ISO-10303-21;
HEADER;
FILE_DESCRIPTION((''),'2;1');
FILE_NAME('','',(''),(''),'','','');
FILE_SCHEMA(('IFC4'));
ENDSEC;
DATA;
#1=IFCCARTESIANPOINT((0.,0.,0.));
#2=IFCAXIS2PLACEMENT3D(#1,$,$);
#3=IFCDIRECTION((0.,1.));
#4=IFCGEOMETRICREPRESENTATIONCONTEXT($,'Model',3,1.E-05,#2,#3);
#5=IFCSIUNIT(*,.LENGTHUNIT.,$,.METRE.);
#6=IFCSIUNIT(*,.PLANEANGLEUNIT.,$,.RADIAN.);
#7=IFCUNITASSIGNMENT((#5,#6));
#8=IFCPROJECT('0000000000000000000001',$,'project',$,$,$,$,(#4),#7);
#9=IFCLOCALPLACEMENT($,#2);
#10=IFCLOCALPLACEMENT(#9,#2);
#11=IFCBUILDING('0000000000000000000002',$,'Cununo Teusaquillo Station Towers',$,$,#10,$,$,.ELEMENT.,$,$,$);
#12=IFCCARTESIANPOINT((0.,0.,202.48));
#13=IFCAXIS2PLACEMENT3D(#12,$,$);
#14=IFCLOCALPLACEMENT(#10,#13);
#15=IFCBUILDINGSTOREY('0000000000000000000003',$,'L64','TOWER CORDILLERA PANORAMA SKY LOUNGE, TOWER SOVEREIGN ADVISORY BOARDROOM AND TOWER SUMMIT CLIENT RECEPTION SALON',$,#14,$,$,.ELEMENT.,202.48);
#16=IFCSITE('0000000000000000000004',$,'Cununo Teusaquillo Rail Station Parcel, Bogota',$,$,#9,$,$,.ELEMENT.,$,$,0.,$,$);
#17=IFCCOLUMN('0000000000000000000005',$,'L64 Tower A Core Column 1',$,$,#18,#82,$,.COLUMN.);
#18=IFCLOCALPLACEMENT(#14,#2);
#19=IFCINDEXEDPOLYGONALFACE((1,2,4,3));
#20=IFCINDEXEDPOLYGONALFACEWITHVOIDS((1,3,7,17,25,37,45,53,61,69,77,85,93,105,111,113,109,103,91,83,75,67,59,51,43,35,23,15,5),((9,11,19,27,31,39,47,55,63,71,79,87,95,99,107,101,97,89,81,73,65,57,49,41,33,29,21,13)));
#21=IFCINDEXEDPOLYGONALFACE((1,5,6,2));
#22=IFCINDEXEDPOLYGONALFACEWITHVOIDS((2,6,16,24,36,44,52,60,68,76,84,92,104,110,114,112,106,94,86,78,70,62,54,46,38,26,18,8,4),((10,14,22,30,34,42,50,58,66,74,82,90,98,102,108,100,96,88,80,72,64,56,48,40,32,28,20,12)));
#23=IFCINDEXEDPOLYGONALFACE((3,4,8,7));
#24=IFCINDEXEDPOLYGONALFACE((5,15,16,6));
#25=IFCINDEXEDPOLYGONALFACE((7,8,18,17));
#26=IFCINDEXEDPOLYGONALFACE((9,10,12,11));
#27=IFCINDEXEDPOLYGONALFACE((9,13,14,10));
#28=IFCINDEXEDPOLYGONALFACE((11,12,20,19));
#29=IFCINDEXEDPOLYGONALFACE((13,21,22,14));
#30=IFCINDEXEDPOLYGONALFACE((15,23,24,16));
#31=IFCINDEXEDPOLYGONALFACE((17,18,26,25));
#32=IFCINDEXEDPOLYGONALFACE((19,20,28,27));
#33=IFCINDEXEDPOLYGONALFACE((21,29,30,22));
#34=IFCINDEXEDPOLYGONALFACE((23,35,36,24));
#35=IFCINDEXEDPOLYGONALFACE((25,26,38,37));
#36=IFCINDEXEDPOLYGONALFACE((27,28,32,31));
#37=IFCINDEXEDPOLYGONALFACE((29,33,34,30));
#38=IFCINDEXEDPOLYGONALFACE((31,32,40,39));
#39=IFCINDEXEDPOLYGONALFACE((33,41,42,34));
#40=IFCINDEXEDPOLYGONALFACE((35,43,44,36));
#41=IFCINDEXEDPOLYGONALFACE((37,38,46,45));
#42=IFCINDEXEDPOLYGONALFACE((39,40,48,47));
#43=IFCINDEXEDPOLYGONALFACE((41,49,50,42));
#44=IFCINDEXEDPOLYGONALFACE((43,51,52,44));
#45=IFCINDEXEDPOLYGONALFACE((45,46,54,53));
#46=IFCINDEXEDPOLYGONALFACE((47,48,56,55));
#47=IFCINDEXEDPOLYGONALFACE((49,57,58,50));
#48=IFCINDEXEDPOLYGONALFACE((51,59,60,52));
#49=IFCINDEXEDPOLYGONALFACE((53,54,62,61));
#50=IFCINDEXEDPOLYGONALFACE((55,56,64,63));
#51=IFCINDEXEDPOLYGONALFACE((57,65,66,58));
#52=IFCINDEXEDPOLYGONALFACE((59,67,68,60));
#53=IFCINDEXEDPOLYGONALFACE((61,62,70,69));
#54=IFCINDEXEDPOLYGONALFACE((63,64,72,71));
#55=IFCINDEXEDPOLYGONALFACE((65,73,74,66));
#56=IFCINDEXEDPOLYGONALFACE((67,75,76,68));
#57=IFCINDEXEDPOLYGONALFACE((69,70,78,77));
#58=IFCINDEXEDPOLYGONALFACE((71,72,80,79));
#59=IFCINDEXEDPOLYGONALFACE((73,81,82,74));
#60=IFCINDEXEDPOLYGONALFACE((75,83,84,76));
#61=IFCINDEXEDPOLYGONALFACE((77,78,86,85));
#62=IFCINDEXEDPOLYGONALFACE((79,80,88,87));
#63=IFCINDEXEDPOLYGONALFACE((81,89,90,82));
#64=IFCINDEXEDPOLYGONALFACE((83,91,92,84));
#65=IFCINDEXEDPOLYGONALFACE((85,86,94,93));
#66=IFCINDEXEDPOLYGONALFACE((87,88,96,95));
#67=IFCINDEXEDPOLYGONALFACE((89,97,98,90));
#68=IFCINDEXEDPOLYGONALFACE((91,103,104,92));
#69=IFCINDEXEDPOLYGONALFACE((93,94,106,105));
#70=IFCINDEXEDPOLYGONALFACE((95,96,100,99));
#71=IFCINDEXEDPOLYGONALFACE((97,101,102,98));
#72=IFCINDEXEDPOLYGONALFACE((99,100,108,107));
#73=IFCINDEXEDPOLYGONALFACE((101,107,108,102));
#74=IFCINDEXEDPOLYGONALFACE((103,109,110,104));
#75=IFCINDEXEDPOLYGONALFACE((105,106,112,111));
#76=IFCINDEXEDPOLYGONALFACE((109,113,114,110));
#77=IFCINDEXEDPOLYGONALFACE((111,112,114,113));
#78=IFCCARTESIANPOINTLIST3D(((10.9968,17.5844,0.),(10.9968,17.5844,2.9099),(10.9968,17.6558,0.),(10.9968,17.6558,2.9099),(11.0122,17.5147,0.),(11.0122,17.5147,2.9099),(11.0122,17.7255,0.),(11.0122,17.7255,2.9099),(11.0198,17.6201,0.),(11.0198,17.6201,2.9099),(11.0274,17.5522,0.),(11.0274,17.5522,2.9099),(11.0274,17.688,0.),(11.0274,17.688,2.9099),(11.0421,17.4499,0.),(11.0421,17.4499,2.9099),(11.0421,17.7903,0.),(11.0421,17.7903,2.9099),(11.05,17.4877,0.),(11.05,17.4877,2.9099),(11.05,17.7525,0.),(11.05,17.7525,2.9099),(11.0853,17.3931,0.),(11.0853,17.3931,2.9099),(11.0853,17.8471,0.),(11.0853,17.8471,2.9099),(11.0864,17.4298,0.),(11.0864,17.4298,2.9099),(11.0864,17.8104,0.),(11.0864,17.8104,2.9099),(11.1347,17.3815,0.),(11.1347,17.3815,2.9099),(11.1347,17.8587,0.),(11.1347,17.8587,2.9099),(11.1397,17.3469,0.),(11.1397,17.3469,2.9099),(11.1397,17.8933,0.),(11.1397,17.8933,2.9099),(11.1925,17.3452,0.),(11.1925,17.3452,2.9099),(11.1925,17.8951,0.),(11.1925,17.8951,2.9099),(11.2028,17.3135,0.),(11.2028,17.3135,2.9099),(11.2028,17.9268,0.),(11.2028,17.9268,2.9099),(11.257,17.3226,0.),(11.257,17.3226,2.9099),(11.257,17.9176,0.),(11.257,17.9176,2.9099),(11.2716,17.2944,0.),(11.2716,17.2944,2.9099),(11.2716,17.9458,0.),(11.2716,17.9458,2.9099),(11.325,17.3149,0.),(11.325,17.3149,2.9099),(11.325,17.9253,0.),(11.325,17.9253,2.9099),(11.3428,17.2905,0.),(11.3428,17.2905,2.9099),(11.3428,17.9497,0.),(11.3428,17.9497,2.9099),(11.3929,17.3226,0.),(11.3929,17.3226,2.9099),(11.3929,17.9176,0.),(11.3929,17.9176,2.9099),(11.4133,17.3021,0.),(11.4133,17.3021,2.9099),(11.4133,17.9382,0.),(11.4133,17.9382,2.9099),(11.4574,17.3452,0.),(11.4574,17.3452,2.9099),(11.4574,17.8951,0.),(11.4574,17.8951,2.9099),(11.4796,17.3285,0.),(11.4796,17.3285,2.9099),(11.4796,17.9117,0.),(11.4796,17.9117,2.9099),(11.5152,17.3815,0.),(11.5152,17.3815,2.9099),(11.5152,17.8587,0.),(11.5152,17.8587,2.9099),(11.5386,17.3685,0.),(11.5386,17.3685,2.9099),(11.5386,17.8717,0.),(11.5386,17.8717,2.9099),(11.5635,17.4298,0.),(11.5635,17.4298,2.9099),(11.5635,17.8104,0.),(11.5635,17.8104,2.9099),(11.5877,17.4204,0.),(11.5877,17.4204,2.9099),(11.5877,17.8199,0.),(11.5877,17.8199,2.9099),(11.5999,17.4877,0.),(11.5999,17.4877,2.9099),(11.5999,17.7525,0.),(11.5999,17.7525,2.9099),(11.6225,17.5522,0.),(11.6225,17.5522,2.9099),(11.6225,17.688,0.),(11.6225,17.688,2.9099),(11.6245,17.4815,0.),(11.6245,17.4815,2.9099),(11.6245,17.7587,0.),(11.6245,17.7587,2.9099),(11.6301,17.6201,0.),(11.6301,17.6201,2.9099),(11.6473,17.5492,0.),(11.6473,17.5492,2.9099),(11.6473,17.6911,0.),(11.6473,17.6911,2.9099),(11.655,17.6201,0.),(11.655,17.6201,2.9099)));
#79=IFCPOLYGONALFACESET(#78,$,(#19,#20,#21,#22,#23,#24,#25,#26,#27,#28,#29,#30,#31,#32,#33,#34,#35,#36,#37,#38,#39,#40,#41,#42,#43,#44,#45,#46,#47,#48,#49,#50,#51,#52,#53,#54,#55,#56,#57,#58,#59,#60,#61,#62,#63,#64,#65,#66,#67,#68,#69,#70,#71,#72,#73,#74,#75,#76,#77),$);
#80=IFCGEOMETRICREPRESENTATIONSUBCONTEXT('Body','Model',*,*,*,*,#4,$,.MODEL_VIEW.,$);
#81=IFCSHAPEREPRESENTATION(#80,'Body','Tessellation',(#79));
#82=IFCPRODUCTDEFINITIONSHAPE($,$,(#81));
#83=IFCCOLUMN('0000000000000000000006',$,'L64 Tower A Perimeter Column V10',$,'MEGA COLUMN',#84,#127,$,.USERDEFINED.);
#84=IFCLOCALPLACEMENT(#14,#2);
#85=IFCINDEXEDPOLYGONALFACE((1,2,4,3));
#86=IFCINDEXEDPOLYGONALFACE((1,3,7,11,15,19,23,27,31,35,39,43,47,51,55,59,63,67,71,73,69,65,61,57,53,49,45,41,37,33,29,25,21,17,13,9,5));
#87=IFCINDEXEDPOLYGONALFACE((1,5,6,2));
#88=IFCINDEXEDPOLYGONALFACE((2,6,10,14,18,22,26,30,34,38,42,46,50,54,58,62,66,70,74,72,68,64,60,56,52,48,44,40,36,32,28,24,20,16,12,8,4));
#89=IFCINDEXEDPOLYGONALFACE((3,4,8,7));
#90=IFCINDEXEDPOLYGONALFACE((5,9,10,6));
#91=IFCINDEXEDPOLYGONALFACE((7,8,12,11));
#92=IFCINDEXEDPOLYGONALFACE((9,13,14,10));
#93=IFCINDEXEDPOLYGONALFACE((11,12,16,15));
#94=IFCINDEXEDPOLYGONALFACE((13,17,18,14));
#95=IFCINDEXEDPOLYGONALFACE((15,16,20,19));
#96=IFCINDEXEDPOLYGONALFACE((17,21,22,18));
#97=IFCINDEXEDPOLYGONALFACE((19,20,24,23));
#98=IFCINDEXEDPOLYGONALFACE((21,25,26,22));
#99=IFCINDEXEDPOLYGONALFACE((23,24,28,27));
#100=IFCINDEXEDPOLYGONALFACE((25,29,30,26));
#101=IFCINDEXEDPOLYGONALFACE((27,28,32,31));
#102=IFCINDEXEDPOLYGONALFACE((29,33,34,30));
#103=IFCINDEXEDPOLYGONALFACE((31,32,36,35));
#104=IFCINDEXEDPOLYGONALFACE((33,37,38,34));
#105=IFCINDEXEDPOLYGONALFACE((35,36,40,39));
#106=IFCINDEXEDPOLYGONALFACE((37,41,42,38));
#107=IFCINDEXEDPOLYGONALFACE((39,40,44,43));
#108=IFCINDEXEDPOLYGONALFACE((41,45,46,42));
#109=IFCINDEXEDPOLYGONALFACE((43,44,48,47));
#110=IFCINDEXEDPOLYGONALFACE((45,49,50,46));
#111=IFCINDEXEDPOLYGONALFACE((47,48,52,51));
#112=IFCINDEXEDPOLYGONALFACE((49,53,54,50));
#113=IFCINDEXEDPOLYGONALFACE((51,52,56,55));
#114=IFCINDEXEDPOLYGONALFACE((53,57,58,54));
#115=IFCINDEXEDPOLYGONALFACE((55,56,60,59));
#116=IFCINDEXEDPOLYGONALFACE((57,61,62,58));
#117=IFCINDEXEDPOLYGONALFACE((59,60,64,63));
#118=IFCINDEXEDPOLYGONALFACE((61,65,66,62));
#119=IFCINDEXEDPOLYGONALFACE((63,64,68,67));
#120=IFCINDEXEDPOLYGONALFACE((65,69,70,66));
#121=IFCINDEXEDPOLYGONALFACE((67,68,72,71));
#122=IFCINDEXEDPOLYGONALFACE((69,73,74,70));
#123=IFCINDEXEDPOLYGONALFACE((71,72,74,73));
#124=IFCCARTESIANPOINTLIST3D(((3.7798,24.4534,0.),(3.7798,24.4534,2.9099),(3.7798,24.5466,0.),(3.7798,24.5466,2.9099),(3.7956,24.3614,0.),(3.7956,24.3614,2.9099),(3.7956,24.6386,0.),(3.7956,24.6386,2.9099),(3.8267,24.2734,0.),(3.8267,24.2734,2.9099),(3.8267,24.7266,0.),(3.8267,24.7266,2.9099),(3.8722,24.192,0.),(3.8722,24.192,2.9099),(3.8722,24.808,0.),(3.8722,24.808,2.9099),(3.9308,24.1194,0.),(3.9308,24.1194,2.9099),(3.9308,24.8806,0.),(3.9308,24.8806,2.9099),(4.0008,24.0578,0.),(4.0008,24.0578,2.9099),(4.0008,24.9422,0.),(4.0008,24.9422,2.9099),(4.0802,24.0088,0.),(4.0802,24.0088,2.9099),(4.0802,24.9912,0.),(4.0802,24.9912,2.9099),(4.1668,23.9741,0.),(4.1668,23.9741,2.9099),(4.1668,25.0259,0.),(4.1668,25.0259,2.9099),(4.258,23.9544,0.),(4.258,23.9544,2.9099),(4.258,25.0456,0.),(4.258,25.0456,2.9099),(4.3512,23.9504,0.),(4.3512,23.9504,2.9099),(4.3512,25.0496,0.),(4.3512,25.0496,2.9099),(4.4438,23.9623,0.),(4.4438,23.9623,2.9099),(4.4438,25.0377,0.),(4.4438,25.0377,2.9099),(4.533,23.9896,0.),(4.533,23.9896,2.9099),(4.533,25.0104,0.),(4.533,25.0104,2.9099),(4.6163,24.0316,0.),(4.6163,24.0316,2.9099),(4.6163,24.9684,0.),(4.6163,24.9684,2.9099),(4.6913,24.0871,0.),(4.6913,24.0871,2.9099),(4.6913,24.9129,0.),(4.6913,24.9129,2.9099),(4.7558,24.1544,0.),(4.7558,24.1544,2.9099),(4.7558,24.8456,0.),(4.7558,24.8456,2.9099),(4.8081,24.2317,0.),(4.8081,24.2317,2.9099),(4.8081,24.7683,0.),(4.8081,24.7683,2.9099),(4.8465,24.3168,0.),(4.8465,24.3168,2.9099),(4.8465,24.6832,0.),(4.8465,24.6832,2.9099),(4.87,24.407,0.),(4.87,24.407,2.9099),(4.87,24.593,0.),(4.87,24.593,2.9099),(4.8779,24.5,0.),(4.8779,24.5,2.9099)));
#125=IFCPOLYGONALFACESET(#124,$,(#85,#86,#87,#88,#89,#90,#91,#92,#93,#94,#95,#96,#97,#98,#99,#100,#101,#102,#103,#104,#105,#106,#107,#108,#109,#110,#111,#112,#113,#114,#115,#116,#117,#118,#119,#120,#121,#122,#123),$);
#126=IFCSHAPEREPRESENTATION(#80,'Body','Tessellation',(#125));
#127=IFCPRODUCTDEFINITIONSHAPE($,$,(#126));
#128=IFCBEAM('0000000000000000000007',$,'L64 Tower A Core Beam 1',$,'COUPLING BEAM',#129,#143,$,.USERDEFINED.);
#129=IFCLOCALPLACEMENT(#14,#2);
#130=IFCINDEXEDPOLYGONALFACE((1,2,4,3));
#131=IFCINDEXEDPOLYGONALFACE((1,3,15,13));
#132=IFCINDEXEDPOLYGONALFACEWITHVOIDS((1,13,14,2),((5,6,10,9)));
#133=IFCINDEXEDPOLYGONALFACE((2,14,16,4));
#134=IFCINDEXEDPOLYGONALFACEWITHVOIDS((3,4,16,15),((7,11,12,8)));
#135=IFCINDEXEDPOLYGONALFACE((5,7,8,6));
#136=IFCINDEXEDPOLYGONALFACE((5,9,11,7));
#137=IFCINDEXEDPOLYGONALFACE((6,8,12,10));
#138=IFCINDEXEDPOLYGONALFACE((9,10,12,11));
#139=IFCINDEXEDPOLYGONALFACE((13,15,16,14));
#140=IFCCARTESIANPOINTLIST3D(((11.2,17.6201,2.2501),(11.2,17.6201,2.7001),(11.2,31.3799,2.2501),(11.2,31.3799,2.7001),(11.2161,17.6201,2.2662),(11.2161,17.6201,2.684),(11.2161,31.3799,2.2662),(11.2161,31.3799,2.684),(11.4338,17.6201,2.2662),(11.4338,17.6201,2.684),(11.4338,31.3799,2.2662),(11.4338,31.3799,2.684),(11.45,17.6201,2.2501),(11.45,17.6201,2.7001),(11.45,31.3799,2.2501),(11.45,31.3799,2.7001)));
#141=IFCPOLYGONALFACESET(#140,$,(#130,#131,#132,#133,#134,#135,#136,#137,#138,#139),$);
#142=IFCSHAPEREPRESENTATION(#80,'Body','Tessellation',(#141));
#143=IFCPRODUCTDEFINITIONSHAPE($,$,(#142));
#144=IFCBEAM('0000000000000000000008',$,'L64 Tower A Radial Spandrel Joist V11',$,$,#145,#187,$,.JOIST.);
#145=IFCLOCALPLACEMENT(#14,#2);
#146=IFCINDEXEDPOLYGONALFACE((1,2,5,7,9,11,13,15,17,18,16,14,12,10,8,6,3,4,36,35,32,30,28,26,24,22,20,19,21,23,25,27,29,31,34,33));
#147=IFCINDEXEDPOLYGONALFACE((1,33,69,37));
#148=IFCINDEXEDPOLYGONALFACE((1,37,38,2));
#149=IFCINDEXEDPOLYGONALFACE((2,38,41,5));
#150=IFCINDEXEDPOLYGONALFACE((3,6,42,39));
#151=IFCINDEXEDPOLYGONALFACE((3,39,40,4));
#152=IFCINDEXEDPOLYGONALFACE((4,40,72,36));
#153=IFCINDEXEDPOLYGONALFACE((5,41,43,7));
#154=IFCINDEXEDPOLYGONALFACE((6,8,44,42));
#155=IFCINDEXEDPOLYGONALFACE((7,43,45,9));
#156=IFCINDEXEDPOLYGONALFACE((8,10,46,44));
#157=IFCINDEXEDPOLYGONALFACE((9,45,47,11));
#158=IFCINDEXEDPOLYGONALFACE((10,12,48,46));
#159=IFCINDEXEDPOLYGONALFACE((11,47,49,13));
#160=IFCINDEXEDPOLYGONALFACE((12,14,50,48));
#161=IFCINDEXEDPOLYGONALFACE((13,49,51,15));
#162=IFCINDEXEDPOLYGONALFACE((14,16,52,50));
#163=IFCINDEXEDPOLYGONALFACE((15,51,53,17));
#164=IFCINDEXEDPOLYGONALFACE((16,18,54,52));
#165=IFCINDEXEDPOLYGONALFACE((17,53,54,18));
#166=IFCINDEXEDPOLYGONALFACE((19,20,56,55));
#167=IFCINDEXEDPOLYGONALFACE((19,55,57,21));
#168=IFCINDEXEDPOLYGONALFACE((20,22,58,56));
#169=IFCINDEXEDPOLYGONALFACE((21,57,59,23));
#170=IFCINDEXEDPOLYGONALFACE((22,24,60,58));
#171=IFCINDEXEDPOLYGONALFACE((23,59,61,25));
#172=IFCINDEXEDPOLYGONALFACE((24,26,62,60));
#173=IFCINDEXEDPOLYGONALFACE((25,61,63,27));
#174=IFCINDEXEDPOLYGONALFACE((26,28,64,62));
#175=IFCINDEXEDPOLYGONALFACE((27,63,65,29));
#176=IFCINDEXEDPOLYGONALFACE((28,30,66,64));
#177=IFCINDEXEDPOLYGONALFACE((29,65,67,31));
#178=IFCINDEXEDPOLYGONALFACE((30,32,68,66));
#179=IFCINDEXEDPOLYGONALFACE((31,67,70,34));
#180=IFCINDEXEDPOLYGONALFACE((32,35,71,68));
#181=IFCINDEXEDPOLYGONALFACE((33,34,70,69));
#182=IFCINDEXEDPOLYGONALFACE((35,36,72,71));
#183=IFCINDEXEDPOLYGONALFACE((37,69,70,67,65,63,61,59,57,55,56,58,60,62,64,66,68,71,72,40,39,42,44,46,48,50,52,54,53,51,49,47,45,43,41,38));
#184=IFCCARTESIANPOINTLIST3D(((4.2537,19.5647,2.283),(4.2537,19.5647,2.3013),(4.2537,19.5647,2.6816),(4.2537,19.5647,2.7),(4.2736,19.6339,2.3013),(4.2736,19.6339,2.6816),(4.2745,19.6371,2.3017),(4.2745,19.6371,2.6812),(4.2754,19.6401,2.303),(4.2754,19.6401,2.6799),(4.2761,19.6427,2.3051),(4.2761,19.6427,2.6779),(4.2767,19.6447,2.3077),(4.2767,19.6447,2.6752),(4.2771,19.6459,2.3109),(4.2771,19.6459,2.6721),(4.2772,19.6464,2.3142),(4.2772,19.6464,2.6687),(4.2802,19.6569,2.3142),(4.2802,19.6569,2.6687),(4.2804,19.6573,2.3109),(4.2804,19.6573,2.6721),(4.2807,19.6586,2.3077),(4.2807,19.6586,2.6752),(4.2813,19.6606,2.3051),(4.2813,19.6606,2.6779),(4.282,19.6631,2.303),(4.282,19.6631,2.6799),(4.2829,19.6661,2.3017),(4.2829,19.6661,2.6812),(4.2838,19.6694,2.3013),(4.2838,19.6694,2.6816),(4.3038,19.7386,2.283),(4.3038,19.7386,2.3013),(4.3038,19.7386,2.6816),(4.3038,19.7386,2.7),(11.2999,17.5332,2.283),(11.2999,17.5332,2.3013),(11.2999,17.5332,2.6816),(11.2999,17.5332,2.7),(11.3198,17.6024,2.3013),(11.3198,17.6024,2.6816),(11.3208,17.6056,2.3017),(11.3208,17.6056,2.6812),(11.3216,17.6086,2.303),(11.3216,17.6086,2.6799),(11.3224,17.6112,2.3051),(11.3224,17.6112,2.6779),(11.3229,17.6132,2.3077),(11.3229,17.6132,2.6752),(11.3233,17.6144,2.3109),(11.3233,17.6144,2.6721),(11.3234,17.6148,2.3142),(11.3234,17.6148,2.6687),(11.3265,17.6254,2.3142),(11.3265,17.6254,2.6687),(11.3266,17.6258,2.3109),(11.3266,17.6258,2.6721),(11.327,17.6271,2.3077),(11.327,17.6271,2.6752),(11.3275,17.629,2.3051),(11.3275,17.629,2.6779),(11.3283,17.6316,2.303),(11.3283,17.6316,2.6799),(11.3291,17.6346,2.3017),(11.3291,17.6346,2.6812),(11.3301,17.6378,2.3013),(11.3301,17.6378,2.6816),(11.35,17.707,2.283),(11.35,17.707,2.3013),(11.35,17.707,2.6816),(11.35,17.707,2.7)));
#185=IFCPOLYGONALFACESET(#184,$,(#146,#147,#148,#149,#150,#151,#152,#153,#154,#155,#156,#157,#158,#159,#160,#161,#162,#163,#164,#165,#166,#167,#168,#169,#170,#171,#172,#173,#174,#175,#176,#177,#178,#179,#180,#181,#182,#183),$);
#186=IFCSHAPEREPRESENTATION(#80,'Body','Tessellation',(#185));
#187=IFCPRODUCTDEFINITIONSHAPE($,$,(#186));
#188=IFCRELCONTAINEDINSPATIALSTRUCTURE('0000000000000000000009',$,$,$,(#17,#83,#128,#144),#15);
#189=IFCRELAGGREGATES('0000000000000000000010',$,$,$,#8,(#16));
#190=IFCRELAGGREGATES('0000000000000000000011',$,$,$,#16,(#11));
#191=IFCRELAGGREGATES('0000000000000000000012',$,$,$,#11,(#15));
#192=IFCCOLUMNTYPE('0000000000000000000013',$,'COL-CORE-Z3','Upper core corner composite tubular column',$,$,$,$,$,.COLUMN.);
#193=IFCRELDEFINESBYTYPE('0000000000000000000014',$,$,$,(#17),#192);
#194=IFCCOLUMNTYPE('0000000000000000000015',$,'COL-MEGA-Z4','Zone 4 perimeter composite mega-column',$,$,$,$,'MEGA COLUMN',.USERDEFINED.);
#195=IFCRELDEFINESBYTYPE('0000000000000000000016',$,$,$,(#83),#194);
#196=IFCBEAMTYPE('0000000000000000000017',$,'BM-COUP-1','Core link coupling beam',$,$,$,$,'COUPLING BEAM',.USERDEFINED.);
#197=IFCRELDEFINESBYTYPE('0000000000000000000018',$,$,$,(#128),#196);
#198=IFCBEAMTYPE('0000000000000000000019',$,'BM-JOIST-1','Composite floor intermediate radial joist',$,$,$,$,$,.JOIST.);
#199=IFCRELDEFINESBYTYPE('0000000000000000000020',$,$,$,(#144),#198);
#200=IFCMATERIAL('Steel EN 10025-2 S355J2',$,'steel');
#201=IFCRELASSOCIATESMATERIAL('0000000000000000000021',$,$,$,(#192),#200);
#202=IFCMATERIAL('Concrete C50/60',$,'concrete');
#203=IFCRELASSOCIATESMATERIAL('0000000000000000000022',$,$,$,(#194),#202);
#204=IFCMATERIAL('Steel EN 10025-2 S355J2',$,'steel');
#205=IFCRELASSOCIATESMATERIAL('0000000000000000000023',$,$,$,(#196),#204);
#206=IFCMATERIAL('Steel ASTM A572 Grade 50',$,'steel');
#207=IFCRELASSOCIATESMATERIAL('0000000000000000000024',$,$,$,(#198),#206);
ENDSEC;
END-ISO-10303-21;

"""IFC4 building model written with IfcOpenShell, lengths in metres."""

from ifc_helpers import new_model, si_unit, direction, frame, origin, origin_2d, place, context, subcontext, project, spatial, hollow_rectangle, circle, hollow_circle, i_section, extrude, material, material_profile, profile_set, type_object, element, save


model = new_model("IFC4")

# Units and contexts
model_context = context("Model", 3, precision=1e-05, world=origin(), true_north=direction((0.0, 1.0)))
body_context = subcontext(model_context, "Body", "Model", "MODEL_VIEW")
ifc_project = project(units=[si_unit("LENGTHUNIT", "METRE"), si_unit("PLANEANGLEUNIT", "RADIAN")], contexts=[model_context])

# Site, building, storey
site_placement = place(None, origin())
site = spatial("IfcSite", under=ifc_project, at=site_placement, Name="Cununo Teusaquillo Rail Station Parcel, Bogota", CompositionType="ELEMENT", RefElevation=0.0)
building_placement = place(site_placement, origin())
building = spatial("IfcBuilding", under=site, at=building_placement, Name="Cununo Teusaquillo Station Towers", CompositionType="ELEMENT")
storey_placement = place(building_placement, frame((0.0, 0.0, 202.48)))
storey = spatial("IfcBuildingStorey", under=building, at=storey_placement, Name="L64", Description="TOWER CORDILLERA PANORAMA SKY LOUNGE, TOWER SOVEREIGN ADVISORY BOARDROOM AND TOWER SUMMIT CLIENT RECEPTION SALON", CompositionType="ELEMENT", Elevation=202.48)

# Columns
ifc_material_1 = material(Name="Steel EN 10025-2 S355J2", Category="steel")
ifc_material_profile_1 = material_profile(ifc_material_1, hollow_circle(Radius=0.3301, WallThickness=0.0249, at=origin_2d()), Name="CHS 660x25")
ifc_profile_set_1 = profile_set([ifc_material_profile_1], Name="Steel EN 10025-2 S355J2")
column_type_1 = type_object("IfcColumnType", Name="COL-CORE-Z3", Description="Upper core corner composite tubular column", PredefinedType="COLUMN", material=ifc_profile_set_1)
column_1_placement = place(storey_placement, frame((11.325, 17.6201, 0.0), z_axis=(0.0, 0.0, 1.0), x_axis=(1.0, 0.0, 0.0)))
element("IfcColumn", 1, at=column_1_placement, inside=storey, type_object=column_type_1, Name="L64 Tower A Core Column 1", PredefinedType="COLUMN", context=body_context, shape_type="SweptSolid", body=[
    extrude(hollow_circle(Radius=0.3301, WallThickness=0.0249, at=origin_2d()), origin(), (0.0, 0.0, 1.0), 2.9099),
])
ifc_material_2 = material(Name="Concrete C50/60", Category="concrete")
ifc_material_profile_2 = material_profile(ifc_material_2, circle(Radius=0.55, at=origin_2d()), Name="RC-CIRC-1100")
ifc_profile_set_2 = profile_set([ifc_material_profile_2], Name="Concrete C50/60")
column_type_2 = type_object("IfcColumnType", Name="COL-MEGA-Z4", Description="Zone 4 perimeter composite mega-column", ElementType="MEGA COLUMN", PredefinedType="USERDEFINED", material=ifc_profile_set_2)
column_2_placement = place(storey_placement, frame((4.3279, 24.5, 0.0), z_axis=(0.0, 0.0, 1.0), x_axis=(1.0, 0.0, 0.0)))
element("IfcColumn", 2, at=column_2_placement, inside=storey, type_object=column_type_2, Name="L64 Tower A Perimeter Column V10", ObjectType="MEGA COLUMN", PredefinedType="USERDEFINED", context=body_context, shape_type="SweptSolid", body=[
    extrude(circle(Radius=0.55, at=origin_2d()), origin(), (0.0, 0.0, 1.0), 2.9099),
])

# Beams
ifc_material_3 = material(Name="Steel EN 10025-2 S355J2", Category="steel")
ifc_material_profile_3 = material_profile(ifc_material_3, hollow_rectangle(XDim=0.25, YDim=0.45, WallThickness=0.0161, at=origin_2d()), Name="RHS 450x250x16")
ifc_profile_set_3 = profile_set([ifc_material_profile_3], Name="Steel EN 10025-2 S355J2")
beam_type_1 = type_object("IfcBeamType", Name="BM-COUP-1", Description="Core link coupling beam", ElementType="COUPLING BEAM", PredefinedType="USERDEFINED", material=ifc_profile_set_3)
beam_1_placement = place(storey_placement, frame((11.325, 17.6201, 2.4751), z_axis=(0.0, 1.0, 0.0), x_axis=(-1.0, 0.0, 0.0)))
element("IfcBeam", 3, at=beam_1_placement, inside=storey, type_object=beam_type_1, Name="L64 Tower A Core Beam 1", ObjectType="COUPLING BEAM", PredefinedType="USERDEFINED", context=body_context, shape_type="SweptSolid", body=[
    extrude(hollow_rectangle(XDim=0.25, YDim=0.45, WallThickness=0.0161, at=origin_2d()), origin(), (0.0, 0.0, 1.0), 13.7598),
])
ifc_material_4 = material(Name="Steel ASTM A572 Grade 50", Category="steel")
ifc_material_profile_4 = material_profile(ifc_material_4, i_section(OverallWidth=0.1809, OverallDepth=0.417, WebThickness=0.011, FlangeThickness=0.0183, FilletRadius=0.0129, at=origin_2d()), Name="W16X57")
ifc_profile_set_4 = profile_set([ifc_material_profile_4], Name="Steel ASTM A572 Grade 50")
beam_type_2 = type_object("IfcBeamType", Name="BM-JOIST-1", Description="Composite floor intermediate radial joist", PredefinedType="JOIST", material=ifc_profile_set_4)
beam_2_placement = place(storey_placement, frame((11.325, 17.6201, 2.4915), z_axis=(-0.960862, 0.277029, 0.0), x_axis=(-0.277029, -0.960862, 0.0)))
element("IfcBeam", 4, at=beam_2_placement, inside=storey, type_object=beam_type_2, Name="L64 Tower A Radial Spandrel Joist V11", PredefinedType="JOIST", context=body_context, shape_type="SweptSolid", body=[
    extrude(i_section(OverallWidth=0.1809, OverallDepth=0.417, WebThickness=0.011, FlangeThickness=0.0183, FilletRadius=0.0129, at=origin_2d()), origin(), (0.0, 0.0, 1.0), 7.3333),
])

save(model, "model.ifc")
